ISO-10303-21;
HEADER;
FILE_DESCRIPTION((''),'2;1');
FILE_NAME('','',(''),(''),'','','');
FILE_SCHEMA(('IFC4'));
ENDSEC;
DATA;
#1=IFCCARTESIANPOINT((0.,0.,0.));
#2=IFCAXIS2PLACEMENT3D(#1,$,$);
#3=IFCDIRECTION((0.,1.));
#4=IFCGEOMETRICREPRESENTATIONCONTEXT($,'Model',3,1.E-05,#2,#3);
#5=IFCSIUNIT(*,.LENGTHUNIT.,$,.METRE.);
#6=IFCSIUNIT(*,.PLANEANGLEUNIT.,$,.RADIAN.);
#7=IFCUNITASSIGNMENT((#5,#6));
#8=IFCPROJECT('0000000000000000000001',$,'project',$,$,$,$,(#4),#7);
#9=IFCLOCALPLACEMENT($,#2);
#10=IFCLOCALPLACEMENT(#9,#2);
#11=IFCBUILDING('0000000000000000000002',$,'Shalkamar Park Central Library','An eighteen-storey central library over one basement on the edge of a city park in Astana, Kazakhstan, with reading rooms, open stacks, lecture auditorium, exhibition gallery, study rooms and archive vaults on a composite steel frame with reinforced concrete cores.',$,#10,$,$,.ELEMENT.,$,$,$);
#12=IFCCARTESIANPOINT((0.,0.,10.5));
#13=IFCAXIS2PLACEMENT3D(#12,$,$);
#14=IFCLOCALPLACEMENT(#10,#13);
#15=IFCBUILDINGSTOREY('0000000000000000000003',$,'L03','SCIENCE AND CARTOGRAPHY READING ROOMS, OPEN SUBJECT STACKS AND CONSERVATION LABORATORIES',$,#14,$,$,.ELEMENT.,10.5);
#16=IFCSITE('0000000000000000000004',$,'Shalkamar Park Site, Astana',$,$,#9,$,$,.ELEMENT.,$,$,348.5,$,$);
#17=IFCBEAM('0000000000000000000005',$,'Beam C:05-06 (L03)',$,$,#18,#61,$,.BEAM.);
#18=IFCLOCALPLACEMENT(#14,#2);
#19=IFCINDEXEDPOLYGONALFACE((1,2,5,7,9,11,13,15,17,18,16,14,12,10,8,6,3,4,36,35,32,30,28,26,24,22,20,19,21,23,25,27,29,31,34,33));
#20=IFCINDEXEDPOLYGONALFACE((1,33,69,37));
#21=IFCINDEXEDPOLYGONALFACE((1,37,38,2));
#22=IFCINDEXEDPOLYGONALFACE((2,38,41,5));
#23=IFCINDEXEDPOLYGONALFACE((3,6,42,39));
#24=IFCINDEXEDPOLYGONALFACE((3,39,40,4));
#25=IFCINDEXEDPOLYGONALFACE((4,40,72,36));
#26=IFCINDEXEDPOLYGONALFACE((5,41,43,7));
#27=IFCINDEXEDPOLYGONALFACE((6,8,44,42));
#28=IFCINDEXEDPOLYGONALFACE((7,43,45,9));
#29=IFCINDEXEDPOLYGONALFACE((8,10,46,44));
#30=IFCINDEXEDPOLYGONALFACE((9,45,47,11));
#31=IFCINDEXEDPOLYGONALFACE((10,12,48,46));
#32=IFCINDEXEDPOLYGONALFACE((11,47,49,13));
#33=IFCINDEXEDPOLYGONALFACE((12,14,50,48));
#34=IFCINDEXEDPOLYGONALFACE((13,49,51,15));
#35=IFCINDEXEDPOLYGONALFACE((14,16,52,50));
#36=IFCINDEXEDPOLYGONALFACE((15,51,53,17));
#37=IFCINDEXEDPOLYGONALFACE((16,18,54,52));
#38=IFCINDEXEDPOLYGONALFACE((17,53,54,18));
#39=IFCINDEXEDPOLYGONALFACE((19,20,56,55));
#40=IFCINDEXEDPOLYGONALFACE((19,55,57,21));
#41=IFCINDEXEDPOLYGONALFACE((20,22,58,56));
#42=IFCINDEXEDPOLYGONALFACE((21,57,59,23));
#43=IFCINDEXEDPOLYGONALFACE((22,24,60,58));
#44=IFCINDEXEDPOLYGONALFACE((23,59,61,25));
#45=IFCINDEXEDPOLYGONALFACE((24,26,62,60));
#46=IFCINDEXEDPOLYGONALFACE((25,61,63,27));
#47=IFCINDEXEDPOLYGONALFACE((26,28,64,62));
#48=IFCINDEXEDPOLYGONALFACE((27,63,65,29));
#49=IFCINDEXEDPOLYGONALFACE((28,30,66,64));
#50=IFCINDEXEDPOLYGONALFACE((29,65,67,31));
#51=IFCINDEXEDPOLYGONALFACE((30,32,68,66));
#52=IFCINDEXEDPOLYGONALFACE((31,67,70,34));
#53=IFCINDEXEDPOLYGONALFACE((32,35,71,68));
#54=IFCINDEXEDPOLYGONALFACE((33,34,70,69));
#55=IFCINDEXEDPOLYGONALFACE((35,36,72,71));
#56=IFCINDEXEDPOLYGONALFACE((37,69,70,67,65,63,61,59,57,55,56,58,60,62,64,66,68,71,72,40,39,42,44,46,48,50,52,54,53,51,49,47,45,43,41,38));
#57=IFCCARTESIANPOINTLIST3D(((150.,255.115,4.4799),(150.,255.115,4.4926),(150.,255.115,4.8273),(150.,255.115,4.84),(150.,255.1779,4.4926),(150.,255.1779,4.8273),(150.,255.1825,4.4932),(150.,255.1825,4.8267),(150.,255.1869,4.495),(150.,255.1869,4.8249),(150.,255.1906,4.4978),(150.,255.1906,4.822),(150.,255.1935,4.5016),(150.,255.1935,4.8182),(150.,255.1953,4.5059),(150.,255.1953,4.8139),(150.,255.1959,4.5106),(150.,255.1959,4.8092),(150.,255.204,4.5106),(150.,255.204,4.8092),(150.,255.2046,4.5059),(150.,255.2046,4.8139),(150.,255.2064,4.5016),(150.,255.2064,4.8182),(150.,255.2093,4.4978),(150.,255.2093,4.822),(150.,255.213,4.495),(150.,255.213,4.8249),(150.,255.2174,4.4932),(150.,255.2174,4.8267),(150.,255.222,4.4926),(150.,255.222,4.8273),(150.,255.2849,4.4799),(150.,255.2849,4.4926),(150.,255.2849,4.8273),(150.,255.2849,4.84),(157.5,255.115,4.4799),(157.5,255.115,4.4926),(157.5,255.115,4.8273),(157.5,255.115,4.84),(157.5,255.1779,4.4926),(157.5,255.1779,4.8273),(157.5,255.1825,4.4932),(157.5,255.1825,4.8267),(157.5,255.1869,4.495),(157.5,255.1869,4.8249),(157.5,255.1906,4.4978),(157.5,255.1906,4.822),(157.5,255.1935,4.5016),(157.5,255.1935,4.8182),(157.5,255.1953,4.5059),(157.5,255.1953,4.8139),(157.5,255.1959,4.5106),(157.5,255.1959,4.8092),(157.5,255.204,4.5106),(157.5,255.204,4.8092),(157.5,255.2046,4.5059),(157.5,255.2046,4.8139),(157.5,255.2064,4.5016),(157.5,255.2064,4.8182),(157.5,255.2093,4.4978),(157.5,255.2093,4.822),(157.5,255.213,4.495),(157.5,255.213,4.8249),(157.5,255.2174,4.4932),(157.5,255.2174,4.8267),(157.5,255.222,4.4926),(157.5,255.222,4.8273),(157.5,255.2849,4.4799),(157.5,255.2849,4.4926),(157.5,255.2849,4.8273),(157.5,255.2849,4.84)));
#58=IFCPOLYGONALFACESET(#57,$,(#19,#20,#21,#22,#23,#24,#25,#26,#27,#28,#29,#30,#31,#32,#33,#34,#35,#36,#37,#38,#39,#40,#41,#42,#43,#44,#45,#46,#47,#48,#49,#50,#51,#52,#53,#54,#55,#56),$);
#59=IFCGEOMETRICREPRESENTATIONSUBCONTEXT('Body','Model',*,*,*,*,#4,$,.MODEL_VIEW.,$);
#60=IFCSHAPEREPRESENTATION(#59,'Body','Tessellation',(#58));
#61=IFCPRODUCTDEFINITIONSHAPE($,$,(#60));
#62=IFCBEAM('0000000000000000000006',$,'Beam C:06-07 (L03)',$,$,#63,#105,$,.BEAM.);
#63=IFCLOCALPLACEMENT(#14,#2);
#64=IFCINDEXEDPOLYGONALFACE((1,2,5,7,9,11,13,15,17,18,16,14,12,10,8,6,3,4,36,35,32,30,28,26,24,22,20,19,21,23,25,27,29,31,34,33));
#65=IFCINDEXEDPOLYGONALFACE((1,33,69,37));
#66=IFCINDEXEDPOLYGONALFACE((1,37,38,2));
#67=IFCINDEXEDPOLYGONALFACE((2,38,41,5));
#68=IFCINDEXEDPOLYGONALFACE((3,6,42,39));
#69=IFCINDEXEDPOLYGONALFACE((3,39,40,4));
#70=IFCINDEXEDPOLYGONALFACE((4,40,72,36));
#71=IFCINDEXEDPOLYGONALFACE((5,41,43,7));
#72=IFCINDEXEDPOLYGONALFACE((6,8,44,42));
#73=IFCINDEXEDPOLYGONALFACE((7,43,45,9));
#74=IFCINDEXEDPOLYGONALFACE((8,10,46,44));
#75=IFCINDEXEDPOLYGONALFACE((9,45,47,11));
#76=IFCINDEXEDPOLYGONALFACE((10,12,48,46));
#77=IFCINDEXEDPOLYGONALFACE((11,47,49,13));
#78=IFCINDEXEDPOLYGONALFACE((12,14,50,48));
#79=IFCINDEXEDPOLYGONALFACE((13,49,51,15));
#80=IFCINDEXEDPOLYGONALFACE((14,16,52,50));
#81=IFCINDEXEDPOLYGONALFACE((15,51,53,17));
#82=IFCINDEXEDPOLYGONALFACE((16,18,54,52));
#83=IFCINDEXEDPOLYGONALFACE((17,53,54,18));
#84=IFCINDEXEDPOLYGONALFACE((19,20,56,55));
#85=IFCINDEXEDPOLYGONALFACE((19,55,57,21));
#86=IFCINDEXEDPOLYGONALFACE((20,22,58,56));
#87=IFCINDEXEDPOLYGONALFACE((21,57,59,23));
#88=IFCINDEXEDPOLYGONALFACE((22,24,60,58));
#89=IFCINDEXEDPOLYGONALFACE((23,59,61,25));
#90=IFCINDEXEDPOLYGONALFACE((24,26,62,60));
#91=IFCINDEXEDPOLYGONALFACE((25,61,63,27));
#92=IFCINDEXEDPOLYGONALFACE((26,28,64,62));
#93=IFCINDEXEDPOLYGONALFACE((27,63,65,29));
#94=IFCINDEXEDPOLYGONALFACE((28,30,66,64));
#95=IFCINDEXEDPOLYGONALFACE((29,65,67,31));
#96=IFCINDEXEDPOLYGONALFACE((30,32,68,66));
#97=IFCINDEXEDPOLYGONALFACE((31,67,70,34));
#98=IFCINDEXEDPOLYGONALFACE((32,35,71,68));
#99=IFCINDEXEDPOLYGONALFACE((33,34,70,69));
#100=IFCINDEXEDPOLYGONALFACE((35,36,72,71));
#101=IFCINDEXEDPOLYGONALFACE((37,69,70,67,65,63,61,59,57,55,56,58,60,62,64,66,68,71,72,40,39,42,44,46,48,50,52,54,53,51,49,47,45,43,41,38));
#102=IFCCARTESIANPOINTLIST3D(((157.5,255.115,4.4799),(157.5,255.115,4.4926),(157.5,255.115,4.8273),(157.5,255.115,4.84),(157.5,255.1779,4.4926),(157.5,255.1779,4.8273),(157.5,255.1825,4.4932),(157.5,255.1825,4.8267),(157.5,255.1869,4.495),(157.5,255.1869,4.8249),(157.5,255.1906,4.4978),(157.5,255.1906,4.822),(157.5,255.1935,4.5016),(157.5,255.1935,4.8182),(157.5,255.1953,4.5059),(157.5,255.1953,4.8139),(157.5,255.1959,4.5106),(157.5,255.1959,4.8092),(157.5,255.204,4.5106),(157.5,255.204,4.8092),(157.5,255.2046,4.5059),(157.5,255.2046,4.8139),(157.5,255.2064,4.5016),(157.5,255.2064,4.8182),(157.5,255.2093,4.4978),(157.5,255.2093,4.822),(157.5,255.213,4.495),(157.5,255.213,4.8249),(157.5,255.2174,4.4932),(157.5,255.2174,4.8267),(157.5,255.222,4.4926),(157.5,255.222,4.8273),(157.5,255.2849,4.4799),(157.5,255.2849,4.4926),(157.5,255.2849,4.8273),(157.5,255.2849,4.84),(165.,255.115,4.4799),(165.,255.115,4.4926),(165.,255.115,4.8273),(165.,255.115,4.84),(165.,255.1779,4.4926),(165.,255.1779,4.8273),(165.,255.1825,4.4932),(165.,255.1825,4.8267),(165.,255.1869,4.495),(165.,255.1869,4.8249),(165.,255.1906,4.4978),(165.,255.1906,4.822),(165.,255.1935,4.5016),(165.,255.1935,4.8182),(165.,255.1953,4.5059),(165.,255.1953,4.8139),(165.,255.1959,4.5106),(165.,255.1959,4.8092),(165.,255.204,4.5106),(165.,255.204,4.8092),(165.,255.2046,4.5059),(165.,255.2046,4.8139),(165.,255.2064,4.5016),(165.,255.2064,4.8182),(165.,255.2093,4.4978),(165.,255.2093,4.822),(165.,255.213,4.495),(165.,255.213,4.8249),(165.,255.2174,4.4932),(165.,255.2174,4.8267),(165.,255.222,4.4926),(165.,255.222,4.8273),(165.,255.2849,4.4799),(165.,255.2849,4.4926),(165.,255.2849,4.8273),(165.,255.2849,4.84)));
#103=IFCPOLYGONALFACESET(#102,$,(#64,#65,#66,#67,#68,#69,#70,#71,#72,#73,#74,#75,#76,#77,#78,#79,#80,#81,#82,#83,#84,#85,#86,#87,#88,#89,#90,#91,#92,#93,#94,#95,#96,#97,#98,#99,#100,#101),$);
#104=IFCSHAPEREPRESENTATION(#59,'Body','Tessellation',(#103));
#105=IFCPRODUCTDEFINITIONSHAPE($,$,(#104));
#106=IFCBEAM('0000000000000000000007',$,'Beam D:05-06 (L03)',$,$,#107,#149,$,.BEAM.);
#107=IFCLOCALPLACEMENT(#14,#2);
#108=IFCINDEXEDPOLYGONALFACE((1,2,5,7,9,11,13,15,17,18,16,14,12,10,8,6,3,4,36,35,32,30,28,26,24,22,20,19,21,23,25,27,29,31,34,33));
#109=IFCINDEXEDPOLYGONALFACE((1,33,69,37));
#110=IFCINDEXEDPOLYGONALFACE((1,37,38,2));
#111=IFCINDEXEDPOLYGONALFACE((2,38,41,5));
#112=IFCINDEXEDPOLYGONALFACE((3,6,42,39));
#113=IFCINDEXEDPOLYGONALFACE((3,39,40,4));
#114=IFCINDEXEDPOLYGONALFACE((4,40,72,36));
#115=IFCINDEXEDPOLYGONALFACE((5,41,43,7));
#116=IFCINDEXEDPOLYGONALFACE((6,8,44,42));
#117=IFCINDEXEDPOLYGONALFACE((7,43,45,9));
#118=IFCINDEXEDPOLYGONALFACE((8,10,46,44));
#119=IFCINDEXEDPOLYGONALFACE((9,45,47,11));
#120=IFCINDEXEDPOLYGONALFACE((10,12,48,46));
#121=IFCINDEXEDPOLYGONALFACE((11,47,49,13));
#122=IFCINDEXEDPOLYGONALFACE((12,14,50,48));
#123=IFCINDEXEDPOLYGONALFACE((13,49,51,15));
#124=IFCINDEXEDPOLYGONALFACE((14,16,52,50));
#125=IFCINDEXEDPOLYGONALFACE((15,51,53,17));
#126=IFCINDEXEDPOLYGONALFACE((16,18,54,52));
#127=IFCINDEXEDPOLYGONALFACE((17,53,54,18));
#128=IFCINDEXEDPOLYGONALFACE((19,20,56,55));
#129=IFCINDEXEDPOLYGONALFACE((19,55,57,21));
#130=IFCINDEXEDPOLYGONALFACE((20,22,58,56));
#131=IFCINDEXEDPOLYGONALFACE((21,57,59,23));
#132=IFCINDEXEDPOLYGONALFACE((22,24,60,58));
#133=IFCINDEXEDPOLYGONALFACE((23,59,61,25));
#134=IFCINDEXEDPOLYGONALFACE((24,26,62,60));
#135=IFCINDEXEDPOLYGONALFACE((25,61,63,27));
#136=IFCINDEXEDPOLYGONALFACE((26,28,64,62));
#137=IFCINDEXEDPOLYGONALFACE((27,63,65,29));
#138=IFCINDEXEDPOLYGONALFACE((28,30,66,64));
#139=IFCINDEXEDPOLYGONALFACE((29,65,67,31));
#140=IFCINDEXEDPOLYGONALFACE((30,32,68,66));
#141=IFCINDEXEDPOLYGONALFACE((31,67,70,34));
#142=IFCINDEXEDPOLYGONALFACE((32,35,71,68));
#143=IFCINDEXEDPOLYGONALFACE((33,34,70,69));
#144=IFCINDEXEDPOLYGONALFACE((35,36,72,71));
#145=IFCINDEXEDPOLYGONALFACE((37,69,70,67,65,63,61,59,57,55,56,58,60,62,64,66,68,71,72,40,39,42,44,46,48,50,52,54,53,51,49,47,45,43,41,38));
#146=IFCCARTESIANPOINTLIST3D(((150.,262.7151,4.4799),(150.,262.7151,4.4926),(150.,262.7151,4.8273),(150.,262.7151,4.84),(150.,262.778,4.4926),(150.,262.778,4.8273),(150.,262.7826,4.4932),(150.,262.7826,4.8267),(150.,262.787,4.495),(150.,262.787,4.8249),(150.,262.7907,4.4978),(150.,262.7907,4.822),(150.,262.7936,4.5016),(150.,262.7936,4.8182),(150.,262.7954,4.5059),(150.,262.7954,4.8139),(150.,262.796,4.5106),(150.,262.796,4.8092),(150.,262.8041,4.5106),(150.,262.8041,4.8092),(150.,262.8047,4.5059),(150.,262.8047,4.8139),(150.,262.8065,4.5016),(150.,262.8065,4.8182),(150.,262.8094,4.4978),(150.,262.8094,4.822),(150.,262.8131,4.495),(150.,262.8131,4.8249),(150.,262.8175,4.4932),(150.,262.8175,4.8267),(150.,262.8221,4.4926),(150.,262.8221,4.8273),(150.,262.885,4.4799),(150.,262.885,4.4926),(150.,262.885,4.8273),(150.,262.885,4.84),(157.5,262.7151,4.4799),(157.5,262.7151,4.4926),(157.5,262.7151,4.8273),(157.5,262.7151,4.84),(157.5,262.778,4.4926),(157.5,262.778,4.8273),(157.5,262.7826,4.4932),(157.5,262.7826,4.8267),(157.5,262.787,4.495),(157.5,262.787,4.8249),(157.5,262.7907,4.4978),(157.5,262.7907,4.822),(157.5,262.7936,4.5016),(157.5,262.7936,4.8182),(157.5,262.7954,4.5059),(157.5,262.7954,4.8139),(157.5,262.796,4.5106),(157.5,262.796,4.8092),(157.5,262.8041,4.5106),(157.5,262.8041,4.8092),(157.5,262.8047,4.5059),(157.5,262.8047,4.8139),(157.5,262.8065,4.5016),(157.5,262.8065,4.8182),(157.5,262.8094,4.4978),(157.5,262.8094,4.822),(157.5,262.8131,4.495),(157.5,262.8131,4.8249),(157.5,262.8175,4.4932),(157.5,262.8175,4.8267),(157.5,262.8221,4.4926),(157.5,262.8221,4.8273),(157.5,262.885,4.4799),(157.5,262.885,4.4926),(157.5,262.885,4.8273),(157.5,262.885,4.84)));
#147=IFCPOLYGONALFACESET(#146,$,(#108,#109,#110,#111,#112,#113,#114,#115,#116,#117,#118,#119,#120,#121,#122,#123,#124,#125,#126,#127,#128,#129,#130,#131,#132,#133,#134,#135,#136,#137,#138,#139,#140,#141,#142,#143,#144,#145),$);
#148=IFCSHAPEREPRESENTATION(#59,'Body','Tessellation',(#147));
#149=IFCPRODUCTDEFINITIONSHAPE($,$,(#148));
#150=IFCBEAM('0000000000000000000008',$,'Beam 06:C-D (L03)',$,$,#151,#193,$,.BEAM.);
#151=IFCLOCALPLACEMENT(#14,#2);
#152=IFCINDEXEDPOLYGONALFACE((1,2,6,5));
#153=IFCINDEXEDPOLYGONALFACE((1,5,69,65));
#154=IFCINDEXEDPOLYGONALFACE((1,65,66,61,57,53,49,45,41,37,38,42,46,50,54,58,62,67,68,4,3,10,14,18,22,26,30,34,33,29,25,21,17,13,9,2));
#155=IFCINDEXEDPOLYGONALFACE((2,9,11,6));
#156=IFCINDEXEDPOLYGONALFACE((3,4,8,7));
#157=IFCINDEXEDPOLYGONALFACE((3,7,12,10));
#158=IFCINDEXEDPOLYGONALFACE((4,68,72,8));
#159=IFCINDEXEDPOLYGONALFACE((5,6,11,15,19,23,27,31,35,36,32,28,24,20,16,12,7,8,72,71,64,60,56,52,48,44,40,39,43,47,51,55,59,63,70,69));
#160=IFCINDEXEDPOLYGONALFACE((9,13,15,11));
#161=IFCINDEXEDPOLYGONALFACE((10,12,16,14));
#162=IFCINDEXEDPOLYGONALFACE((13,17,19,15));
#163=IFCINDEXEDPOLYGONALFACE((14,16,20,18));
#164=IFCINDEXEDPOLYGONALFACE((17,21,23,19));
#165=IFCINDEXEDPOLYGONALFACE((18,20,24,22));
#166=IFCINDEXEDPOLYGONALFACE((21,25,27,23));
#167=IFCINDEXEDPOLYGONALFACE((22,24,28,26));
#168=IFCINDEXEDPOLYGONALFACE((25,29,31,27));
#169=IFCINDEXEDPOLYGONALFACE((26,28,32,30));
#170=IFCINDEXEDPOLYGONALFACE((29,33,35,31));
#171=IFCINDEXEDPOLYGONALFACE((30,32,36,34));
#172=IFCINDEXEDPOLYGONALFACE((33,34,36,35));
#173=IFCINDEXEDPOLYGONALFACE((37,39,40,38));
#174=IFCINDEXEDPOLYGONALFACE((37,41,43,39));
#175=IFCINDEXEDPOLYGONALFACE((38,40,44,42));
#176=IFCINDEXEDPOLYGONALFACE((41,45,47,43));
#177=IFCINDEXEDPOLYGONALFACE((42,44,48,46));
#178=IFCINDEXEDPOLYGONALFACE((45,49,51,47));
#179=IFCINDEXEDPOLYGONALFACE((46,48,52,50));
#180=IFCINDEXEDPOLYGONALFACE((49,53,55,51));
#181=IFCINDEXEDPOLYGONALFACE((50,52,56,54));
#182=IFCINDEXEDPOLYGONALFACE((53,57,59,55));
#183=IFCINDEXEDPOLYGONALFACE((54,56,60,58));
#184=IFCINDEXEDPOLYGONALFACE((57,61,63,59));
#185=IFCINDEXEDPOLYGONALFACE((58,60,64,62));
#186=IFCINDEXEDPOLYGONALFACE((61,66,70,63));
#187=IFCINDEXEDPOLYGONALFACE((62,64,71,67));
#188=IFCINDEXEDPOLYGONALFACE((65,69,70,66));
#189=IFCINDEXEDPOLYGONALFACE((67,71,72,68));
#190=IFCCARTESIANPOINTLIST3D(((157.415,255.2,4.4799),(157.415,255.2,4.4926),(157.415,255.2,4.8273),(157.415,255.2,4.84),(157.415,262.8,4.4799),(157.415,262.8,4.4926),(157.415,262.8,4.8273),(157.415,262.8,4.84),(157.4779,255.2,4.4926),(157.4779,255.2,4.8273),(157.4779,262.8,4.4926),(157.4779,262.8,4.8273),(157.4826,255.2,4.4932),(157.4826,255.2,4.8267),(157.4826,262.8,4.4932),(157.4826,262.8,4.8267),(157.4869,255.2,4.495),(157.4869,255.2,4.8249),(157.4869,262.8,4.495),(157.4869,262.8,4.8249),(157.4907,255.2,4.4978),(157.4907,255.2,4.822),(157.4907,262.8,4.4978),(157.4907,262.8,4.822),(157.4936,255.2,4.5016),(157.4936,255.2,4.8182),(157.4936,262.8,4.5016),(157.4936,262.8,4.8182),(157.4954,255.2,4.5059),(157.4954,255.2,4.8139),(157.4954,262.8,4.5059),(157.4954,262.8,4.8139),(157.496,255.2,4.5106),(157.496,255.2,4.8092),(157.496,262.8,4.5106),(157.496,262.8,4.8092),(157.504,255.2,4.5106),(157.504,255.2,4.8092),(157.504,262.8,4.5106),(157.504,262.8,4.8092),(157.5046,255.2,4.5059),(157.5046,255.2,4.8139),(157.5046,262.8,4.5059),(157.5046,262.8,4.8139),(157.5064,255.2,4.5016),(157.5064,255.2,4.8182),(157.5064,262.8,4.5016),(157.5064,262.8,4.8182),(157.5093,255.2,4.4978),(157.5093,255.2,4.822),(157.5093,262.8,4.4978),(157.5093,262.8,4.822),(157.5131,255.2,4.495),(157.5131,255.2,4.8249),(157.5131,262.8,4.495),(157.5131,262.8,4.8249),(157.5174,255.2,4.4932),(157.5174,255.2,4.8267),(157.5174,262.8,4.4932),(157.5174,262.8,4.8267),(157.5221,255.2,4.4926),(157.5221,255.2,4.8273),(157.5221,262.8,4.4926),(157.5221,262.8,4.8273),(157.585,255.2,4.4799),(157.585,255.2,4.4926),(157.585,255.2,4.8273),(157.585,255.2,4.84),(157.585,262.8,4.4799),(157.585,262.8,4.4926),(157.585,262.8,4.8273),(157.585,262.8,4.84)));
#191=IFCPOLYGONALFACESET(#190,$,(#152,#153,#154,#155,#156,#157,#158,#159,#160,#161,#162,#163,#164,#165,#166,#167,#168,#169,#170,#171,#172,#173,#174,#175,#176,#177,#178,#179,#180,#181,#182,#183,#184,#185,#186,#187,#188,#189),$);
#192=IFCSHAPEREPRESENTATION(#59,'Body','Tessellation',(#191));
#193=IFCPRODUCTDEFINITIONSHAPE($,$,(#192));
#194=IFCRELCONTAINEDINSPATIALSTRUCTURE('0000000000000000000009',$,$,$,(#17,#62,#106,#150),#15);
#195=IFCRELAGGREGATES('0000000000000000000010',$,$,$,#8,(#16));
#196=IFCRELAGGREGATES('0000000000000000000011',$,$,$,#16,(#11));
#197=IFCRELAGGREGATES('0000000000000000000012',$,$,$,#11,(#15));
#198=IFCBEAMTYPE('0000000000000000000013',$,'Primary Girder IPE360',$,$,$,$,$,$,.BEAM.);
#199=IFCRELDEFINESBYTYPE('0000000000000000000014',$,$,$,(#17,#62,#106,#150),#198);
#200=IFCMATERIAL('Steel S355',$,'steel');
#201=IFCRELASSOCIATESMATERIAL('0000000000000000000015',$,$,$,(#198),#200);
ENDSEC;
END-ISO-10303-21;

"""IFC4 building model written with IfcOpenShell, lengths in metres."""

from ifc_helpers import new_model, si_unit, direction, frame, origin, origin_2d, place, context, subcontext, project, spatial, i_section, extrude, material, material_profile, profile_set, type_object, element, save


model = new_model("IFC4")

# Units and contexts
model_context = context("Model", 3, precision=1e-05, world=origin(), true_north=direction((0.0, 1.0)))
body_context = subcontext(model_context, "Body", "Model", "MODEL_VIEW")
ifc_project = project(units=[si_unit("LENGTHUNIT", "METRE"), si_unit("PLANEANGLEUNIT", "RADIAN")], contexts=[model_context])

# Site, building, storey
site_placement = place(None, origin())
site = spatial("IfcSite", under=ifc_project, at=site_placement, Name="Shalkamar Park Site, Astana", CompositionType="ELEMENT", RefElevation=348.5)
building_placement = place(site_placement, origin())
building = spatial("IfcBuilding", under=site, at=building_placement, Name="Shalkamar Park Central Library", Description="An eighteen-storey central library over one basement on the edge of a city park in Astana, Kazakhstan, with reading rooms, open stacks, lecture auditorium, exhibition gallery, study rooms and archive vaults on a composite steel frame with reinforced concrete cores.", CompositionType="ELEMENT")
storey_placement = place(building_placement, frame((0.0, 0.0, 10.5)))
storey = spatial("IfcBuildingStorey", under=building, at=storey_placement, Name="L03", Description="SCIENCE AND CARTOGRAPHY READING ROOMS, OPEN SUBJECT STACKS AND CONSERVATION LABORATORIES", CompositionType="ELEMENT", Elevation=10.5)

# Shared definitions
ifc_material_1 = material(Name="Steel S355", Category="steel")

# Beams
ifc_material_profile_1 = material_profile(ifc_material_1, i_section(OverallWidth=0.1699, OverallDepth=0.3601, WebThickness=0.0081, FlangeThickness=0.0127, FilletRadius=0.0181, at=origin_2d()), Name="IPE 360")
ifc_profile_set_1 = profile_set([ifc_material_profile_1], Name="Steel S355")
beam_type_1 = type_object("IfcBeamType", Name="Primary Girder IPE360", PredefinedType="BEAM", material=ifc_profile_set_1)
for number, where, z_axis, x_axis, name in (
    (1, (150.0, 255.2, 4.6599), (1.0, 0.0, 0.0), (0.0, 1.0, 0.0), "Beam C:05-06 (L03)"),
    (2, (157.5, 255.2, 4.6599), (1.0, 0.0, 0.0), (0.0, 1.0, 0.0), "Beam C:06-07 (L03)"),
    (3, (150.0, 262.8, 4.6599), (1.0, 0.0, 0.0), (0.0, 1.0, 0.0), "Beam D:05-06 (L03)"),
):
    element("IfcBeam", number, at=place(storey_placement, frame(where, z_axis=z_axis, x_axis=x_axis)), inside=storey, type_object=beam_type_1, Name=name, PredefinedType="BEAM", context=body_context, shape_type="SweptSolid", body=[
        extrude(i_section(OverallWidth=0.1699, OverallDepth=0.3601, WebThickness=0.0081, FlangeThickness=0.0127, FilletRadius=0.0181, at=origin_2d()), origin(), (0.0, 0.0, 1.0), 7.5),
    ])
beam_1_placement = place(storey_placement, frame((157.5, 255.2, 4.6599), z_axis=(0.0, 1.0, 0.0), x_axis=(-1.0, 0.0, 0.0)))
element("IfcBeam", 4, at=beam_1_placement, inside=storey, type_object=beam_type_1, Name="Beam 06:C-D (L03)", PredefinedType="BEAM", context=body_context, shape_type="SweptSolid", body=[
    extrude(i_section(OverallWidth=0.1699, OverallDepth=0.3601, WebThickness=0.0081, FlangeThickness=0.0127, FilletRadius=0.0181, at=origin_2d()), origin(), (0.0, 0.0, 1.0), 7.6001),
])

save(model, "model.ifc")
